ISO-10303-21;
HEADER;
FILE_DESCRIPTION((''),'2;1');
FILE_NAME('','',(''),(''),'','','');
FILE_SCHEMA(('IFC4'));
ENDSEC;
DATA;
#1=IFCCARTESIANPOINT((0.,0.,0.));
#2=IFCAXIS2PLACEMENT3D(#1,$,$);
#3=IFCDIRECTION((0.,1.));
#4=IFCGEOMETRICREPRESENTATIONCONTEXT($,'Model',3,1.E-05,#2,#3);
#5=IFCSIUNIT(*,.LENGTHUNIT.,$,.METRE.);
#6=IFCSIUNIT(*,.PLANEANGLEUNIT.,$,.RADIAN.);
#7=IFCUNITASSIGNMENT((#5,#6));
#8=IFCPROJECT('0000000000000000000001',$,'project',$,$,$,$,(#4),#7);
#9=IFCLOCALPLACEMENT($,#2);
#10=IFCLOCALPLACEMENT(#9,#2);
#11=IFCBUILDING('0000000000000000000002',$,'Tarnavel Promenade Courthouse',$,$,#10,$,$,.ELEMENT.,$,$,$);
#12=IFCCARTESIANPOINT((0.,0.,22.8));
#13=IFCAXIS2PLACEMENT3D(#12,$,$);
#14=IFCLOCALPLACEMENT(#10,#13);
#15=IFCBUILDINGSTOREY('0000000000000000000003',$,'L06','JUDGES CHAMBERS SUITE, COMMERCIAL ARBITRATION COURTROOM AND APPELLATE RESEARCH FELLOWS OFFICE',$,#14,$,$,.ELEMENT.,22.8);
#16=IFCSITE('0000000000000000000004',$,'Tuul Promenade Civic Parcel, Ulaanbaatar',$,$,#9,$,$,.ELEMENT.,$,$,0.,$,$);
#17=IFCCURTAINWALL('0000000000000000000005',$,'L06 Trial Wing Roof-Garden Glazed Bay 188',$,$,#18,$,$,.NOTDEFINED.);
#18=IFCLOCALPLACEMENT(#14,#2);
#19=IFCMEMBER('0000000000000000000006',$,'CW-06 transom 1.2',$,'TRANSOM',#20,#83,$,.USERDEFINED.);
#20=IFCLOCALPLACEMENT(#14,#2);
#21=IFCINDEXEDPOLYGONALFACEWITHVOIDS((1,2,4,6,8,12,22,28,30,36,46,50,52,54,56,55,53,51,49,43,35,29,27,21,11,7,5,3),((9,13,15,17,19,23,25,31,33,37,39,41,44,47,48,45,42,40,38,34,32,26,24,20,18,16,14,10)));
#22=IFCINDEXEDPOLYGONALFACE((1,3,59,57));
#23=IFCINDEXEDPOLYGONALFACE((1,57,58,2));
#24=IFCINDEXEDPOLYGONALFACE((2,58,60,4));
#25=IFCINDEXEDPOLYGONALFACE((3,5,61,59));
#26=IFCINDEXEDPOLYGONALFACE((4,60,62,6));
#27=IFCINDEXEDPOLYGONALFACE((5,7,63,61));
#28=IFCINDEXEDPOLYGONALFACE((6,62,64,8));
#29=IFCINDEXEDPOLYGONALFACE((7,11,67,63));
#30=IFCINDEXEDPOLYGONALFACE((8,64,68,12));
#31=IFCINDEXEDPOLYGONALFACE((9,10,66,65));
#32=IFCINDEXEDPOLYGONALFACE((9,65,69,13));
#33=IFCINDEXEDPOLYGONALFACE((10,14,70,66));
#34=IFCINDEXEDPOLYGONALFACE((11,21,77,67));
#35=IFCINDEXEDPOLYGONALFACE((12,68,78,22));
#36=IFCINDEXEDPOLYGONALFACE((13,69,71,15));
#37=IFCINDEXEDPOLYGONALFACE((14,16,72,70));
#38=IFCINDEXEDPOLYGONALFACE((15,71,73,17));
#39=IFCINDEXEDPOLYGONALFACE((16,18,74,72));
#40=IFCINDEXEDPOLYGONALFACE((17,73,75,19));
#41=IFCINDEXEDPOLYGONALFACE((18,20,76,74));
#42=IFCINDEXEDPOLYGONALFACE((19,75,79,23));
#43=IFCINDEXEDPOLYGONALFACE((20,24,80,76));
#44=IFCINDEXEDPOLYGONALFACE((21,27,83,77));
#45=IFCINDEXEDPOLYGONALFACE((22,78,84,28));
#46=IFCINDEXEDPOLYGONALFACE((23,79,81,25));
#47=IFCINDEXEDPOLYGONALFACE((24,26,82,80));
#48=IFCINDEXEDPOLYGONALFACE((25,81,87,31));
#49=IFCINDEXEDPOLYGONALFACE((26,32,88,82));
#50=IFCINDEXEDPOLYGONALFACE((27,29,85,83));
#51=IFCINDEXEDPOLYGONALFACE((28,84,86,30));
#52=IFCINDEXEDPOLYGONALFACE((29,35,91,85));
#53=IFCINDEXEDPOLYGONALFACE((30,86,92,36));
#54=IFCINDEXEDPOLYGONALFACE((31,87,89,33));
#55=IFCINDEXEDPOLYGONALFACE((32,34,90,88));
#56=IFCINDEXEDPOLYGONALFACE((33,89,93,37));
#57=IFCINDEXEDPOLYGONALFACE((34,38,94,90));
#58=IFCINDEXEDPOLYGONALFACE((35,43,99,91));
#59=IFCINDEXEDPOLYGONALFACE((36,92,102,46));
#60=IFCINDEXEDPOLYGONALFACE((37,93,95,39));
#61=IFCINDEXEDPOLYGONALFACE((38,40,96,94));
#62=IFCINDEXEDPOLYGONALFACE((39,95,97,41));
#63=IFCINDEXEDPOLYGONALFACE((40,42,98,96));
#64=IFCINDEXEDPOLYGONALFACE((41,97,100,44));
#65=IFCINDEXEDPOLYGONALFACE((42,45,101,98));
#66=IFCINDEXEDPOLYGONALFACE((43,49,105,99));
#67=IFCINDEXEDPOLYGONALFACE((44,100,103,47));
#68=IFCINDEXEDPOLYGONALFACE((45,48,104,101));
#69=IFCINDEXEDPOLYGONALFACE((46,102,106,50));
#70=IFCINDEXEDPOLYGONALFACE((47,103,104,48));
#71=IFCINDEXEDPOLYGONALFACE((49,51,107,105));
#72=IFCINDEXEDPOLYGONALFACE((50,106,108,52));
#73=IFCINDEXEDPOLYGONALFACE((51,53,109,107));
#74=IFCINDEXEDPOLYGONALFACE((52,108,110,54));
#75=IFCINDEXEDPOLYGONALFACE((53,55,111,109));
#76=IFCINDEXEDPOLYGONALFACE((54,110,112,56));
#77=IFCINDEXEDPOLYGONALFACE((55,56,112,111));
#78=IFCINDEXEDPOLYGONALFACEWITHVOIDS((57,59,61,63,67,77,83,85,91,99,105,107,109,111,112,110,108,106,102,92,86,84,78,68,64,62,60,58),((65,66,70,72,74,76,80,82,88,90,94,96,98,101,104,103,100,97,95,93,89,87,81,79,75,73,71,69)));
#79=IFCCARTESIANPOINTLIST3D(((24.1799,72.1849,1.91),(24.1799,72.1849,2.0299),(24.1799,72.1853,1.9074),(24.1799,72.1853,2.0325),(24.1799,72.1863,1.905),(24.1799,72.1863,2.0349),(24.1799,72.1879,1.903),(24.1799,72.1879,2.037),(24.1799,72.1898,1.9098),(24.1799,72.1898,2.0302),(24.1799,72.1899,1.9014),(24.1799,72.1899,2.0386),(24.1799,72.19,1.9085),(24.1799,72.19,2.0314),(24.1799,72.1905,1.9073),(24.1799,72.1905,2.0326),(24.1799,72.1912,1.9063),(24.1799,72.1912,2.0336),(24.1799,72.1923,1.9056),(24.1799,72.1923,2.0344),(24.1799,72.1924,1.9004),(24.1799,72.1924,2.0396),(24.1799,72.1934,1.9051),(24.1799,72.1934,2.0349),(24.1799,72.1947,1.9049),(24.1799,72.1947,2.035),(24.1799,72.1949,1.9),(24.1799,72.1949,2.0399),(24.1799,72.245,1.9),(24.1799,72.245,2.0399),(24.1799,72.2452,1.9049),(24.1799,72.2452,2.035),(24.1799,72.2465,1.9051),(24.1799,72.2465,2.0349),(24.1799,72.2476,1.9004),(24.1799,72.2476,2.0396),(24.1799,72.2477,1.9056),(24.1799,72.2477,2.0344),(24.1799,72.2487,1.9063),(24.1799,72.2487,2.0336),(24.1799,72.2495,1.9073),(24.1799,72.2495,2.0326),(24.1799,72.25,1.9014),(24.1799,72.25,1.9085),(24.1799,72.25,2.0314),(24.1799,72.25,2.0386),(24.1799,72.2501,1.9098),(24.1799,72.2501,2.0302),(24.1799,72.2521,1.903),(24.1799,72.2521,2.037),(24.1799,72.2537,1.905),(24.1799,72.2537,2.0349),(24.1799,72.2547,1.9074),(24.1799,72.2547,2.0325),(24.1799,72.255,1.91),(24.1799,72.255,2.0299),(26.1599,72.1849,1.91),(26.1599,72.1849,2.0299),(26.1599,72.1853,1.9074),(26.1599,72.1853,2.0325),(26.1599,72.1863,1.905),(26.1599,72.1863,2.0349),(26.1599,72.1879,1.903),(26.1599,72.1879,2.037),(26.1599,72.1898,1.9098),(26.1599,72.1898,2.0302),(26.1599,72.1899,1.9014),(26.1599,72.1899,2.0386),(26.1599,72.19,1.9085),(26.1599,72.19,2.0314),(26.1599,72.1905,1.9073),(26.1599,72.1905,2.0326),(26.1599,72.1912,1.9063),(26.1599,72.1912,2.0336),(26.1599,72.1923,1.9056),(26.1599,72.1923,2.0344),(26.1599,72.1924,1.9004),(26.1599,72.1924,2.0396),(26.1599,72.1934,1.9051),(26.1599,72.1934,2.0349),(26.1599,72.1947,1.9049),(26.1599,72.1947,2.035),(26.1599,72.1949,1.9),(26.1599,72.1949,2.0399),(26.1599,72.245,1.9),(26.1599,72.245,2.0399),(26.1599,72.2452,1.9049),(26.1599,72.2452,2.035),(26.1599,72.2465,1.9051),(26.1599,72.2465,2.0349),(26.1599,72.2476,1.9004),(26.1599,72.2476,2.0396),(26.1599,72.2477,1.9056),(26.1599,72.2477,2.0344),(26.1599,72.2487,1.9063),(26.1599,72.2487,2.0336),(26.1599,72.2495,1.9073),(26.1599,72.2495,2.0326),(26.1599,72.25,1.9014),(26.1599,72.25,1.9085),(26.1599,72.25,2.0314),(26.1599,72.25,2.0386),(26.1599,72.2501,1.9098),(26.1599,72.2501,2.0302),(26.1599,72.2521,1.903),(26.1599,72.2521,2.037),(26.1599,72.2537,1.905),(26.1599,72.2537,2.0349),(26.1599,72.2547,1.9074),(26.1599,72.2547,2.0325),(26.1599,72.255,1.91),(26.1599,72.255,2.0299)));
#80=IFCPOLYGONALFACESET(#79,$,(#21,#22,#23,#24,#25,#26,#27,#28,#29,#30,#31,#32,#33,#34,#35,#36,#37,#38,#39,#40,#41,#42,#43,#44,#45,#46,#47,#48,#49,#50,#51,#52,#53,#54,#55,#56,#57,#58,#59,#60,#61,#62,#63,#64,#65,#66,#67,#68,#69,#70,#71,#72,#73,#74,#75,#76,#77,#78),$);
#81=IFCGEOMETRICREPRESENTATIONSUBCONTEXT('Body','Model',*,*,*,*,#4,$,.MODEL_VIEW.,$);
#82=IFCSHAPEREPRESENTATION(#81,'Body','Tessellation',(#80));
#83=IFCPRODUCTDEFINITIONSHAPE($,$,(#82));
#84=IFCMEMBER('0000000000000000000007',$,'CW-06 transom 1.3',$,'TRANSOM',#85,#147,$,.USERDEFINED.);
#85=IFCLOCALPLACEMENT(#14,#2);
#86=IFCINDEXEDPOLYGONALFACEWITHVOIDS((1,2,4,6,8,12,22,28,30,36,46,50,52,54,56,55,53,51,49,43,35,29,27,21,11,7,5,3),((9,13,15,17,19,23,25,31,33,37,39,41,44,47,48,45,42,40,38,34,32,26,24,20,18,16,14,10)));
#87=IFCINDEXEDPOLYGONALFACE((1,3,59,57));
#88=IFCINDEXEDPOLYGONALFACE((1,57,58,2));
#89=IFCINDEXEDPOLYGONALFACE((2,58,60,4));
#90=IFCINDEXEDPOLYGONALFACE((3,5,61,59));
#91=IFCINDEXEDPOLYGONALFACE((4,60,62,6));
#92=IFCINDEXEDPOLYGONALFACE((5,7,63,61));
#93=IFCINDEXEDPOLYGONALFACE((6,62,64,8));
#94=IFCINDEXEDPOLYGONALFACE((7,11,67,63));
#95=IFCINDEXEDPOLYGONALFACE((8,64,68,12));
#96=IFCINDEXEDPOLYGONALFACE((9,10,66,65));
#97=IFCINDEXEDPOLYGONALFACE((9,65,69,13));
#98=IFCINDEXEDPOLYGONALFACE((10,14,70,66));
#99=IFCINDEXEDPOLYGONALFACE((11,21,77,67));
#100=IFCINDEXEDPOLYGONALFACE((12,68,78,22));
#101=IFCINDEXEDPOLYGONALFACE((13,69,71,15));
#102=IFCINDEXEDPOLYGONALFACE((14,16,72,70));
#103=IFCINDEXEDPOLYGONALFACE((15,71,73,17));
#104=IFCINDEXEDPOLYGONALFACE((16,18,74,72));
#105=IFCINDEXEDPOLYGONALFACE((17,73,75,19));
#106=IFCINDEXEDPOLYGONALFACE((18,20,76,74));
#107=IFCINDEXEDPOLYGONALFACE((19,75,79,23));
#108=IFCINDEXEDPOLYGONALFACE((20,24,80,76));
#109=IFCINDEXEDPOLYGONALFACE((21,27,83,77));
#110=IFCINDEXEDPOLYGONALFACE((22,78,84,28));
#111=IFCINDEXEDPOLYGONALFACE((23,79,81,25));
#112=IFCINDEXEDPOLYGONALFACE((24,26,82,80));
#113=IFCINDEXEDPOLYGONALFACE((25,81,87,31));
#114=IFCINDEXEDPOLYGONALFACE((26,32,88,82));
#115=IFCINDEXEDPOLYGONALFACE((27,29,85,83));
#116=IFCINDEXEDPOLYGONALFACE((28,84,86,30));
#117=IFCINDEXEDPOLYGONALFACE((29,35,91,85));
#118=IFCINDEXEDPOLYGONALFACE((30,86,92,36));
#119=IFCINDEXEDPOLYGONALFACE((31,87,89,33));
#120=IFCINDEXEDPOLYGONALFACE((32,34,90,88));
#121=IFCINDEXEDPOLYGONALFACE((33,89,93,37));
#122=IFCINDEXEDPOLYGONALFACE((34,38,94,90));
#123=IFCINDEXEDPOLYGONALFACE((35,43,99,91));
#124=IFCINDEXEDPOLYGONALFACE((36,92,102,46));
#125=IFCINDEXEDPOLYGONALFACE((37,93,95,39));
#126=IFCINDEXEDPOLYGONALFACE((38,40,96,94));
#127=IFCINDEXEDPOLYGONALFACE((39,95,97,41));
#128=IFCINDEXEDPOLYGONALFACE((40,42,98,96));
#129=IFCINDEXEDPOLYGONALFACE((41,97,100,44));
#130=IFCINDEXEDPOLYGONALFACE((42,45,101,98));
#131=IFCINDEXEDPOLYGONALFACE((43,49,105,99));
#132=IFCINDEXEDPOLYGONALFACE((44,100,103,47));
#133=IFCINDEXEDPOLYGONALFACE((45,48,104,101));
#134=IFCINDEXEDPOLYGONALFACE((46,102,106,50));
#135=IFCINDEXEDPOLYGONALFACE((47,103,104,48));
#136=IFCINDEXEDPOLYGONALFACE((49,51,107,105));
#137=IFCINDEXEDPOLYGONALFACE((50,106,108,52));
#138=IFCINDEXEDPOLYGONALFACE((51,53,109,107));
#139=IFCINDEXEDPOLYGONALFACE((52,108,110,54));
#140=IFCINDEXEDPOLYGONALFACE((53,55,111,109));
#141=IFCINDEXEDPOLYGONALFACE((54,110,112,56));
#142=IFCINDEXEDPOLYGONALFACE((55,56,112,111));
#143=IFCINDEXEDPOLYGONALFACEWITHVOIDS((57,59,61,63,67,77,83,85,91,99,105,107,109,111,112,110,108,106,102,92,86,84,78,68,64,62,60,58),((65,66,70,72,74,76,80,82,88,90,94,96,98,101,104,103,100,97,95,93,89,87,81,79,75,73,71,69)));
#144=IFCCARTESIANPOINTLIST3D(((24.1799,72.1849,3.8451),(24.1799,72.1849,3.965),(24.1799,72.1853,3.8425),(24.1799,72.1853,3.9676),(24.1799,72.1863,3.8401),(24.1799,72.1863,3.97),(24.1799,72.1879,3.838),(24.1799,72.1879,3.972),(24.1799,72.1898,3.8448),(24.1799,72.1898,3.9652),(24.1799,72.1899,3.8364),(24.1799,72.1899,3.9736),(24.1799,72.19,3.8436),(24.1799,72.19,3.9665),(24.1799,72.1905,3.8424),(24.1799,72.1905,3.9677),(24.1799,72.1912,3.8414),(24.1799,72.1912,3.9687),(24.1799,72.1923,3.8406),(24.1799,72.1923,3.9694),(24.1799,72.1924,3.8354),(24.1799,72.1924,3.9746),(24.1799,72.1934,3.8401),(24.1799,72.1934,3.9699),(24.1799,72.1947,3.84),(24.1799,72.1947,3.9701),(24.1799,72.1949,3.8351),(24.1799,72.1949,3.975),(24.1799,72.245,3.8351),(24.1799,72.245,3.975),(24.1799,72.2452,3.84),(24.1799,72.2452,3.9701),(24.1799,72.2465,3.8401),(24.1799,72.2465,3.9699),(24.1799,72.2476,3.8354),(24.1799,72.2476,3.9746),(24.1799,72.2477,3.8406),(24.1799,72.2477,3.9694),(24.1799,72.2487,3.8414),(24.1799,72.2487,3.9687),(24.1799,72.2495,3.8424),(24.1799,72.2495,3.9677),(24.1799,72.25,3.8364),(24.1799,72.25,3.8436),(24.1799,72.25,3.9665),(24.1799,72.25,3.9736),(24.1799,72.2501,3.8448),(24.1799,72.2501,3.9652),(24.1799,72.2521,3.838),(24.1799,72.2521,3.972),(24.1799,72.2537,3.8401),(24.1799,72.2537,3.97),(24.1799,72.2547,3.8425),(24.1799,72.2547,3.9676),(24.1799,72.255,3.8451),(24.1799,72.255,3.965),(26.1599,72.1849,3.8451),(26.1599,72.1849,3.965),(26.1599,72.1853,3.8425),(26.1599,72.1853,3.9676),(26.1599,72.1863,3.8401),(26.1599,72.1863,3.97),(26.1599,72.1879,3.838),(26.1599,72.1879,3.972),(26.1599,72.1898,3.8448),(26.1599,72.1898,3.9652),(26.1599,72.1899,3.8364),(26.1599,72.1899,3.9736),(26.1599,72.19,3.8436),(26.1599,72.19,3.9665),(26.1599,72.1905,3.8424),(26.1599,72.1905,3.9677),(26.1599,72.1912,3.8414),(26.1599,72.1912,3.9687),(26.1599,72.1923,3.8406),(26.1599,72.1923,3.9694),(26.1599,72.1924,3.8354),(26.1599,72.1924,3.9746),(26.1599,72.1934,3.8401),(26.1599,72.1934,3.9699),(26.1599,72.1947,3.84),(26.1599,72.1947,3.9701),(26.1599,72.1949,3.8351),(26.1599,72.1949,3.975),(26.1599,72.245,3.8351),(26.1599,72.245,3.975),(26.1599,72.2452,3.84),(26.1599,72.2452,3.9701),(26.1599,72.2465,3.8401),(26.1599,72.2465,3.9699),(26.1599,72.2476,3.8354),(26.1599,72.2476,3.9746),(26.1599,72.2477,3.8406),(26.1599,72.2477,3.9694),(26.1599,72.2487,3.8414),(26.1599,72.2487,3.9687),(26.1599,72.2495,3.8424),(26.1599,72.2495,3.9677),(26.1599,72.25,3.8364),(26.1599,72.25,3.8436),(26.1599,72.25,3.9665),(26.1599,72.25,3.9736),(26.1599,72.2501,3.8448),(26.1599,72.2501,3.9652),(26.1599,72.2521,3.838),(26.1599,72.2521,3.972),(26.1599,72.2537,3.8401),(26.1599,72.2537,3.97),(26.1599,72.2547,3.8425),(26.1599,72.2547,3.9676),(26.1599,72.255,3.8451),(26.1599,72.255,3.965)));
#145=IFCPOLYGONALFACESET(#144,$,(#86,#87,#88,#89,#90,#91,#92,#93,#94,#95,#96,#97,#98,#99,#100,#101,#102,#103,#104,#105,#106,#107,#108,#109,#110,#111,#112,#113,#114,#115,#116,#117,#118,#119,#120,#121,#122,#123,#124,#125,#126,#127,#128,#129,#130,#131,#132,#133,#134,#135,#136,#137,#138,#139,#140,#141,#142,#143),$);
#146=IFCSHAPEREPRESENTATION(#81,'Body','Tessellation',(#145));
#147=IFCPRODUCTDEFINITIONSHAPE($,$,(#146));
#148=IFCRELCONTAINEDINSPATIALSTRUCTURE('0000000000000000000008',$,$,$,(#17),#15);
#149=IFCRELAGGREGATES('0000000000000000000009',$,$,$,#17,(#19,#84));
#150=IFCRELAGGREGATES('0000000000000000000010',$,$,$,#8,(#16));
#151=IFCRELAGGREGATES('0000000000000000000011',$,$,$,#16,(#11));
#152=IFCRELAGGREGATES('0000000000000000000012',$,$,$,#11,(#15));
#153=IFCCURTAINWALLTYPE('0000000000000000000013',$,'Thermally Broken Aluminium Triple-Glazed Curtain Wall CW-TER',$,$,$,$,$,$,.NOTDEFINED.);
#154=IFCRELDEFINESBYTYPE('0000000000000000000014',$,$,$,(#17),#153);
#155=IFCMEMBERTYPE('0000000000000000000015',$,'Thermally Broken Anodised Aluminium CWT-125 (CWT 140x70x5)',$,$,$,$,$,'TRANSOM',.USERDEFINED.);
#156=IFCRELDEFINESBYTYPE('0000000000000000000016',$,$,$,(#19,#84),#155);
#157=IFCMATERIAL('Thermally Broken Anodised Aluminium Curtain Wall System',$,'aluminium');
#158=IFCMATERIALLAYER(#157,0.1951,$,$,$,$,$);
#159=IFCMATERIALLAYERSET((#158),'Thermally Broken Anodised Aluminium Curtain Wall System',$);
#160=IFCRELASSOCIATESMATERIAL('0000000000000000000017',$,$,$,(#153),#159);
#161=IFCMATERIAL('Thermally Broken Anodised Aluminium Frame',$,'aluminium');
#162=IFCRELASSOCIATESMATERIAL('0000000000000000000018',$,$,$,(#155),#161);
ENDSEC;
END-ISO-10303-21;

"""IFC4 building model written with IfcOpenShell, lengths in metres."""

from ifc_helpers import new_model, si_unit, direction, frame, origin, origin_2d, place, context, subcontext, project, spatial, hollow_rectangle, extrude, material, layer, layer_set, material_profile, profile_set, type_object, element, aggregate, save


model = new_model("IFC4")

# Units and contexts
model_context = context("Model", 3, precision=1e-05, world=origin(), true_north=direction((0.0, 1.0)))
body_context = subcontext(model_context, "Body", "Model", "MODEL_VIEW")
ifc_project = project(units=[si_unit("LENGTHUNIT", "METRE"), si_unit("PLANEANGLEUNIT", "RADIAN")], contexts=[model_context])

# Site, building, storey
site_placement = place(None, origin())
site = spatial("IfcSite", under=ifc_project, at=site_placement, Name="Tuul Promenade Civic Parcel, Ulaanbaatar", CompositionType="ELEMENT", RefElevation=0.0)
building_placement = place(site_placement, origin())
building = spatial("IfcBuilding", under=site, at=building_placement, Name="Tarnavel Promenade Courthouse", CompositionType="ELEMENT")
storey_placement = place(building_placement, frame((0.0, 0.0, 22.8)))
storey = spatial("IfcBuildingStorey", under=building, at=storey_placement, Name="L06", Description="JUDGES CHAMBERS SUITE, COMMERCIAL ARBITRATION COURTROOM AND APPELLATE RESEARCH FELLOWS OFFICE", CompositionType="ELEMENT", Elevation=22.8)

# Shared definitions
ifc_material_1 = material(Name="Thermally Broken Anodised Aluminium Curtain Wall System", Category="aluminium")
ifc_layer_1 = layer(ifc_material_1, 0.1951)
ifc_layer_set_1 = layer_set([ifc_layer_1], Name="Thermally Broken Anodised Aluminium Curtain Wall System")
curtain_wall_type = type_object("IfcCurtainWallType", Name="Thermally Broken Aluminium Triple-Glazed Curtain Wall CW-TER", PredefinedType="NOTDEFINED", material=ifc_layer_set_1)
ifc_material_2 = material(Name="Thermally Broken Anodised Aluminium Frame", Category="aluminium")

# Curtain wall
curtain_wall_1_placement = place(storey_placement, origin())
curtain_wall_1 = element("IfcCurtainWall", 1, at=curtain_wall_1_placement, inside=storey, type_object=curtain_wall_type, Name="L06 Trial Wing Roof-Garden Glazed Bay 188", PredefinedType="NOTDEFINED")

# Members
ifc_material_profile_1 = material_profile(ifc_material_2, hollow_rectangle(XDim=0.0701, YDim=0.1399, WallThickness=0.0049, InnerFilletRadius=0.0049, OuterFilletRadius=0.01, at=origin_2d()), Name="CWT 140x70x5")
ifc_profile_set_1 = profile_set([ifc_material_profile_1], Name="Thermally Broken Anodised Aluminium Frame")
member_type_1 = type_object("IfcMemberType", Name="Thermally Broken Anodised Aluminium CWT-125 (CWT 140x70x5)", ElementType="TRANSOM", PredefinedType="USERDEFINED", material=ifc_profile_set_1)
member_1_placement = place(storey_placement, frame((24.1799, 72.22, 1.97), z_axis=(1.0, 0.0, 0.0), x_axis=(0.0, 1.0, 0.0)))
member_1 = element("IfcMember", 2, at=member_1_placement, type_object=member_type_1, Name="CW-06 transom 1.2", ObjectType="TRANSOM", PredefinedType="USERDEFINED", context=body_context, shape_type="SweptSolid", body=[
    extrude(hollow_rectangle(XDim=0.0701, YDim=0.1399, WallThickness=0.0049, InnerFilletRadius=0.0049, OuterFilletRadius=0.01, at=origin_2d()), origin(), (0.0, 0.0, 1.0), 1.98),
])
member_2_placement = place(storey_placement, frame((24.1799, 72.22, 3.905), z_axis=(1.0, 0.0, 0.0), x_axis=(0.0, 1.0, 0.0)))
member_2 = element("IfcMember", 3, at=member_2_placement, type_object=member_type_1, Name="CW-06 transom 1.3", ObjectType="TRANSOM", PredefinedType="USERDEFINED", context=body_context, shape_type="SweptSolid", body=[
    extrude(hollow_rectangle(XDim=0.0701, YDim=0.1399, WallThickness=0.0049, InnerFilletRadius=0.0049, OuterFilletRadius=0.01, at=origin_2d()), origin(), (0.0, 0.0, 1.0), 1.98),
])

aggregate(curtain_wall_1, [member_1, member_2])

save(model, "model.ifc")
